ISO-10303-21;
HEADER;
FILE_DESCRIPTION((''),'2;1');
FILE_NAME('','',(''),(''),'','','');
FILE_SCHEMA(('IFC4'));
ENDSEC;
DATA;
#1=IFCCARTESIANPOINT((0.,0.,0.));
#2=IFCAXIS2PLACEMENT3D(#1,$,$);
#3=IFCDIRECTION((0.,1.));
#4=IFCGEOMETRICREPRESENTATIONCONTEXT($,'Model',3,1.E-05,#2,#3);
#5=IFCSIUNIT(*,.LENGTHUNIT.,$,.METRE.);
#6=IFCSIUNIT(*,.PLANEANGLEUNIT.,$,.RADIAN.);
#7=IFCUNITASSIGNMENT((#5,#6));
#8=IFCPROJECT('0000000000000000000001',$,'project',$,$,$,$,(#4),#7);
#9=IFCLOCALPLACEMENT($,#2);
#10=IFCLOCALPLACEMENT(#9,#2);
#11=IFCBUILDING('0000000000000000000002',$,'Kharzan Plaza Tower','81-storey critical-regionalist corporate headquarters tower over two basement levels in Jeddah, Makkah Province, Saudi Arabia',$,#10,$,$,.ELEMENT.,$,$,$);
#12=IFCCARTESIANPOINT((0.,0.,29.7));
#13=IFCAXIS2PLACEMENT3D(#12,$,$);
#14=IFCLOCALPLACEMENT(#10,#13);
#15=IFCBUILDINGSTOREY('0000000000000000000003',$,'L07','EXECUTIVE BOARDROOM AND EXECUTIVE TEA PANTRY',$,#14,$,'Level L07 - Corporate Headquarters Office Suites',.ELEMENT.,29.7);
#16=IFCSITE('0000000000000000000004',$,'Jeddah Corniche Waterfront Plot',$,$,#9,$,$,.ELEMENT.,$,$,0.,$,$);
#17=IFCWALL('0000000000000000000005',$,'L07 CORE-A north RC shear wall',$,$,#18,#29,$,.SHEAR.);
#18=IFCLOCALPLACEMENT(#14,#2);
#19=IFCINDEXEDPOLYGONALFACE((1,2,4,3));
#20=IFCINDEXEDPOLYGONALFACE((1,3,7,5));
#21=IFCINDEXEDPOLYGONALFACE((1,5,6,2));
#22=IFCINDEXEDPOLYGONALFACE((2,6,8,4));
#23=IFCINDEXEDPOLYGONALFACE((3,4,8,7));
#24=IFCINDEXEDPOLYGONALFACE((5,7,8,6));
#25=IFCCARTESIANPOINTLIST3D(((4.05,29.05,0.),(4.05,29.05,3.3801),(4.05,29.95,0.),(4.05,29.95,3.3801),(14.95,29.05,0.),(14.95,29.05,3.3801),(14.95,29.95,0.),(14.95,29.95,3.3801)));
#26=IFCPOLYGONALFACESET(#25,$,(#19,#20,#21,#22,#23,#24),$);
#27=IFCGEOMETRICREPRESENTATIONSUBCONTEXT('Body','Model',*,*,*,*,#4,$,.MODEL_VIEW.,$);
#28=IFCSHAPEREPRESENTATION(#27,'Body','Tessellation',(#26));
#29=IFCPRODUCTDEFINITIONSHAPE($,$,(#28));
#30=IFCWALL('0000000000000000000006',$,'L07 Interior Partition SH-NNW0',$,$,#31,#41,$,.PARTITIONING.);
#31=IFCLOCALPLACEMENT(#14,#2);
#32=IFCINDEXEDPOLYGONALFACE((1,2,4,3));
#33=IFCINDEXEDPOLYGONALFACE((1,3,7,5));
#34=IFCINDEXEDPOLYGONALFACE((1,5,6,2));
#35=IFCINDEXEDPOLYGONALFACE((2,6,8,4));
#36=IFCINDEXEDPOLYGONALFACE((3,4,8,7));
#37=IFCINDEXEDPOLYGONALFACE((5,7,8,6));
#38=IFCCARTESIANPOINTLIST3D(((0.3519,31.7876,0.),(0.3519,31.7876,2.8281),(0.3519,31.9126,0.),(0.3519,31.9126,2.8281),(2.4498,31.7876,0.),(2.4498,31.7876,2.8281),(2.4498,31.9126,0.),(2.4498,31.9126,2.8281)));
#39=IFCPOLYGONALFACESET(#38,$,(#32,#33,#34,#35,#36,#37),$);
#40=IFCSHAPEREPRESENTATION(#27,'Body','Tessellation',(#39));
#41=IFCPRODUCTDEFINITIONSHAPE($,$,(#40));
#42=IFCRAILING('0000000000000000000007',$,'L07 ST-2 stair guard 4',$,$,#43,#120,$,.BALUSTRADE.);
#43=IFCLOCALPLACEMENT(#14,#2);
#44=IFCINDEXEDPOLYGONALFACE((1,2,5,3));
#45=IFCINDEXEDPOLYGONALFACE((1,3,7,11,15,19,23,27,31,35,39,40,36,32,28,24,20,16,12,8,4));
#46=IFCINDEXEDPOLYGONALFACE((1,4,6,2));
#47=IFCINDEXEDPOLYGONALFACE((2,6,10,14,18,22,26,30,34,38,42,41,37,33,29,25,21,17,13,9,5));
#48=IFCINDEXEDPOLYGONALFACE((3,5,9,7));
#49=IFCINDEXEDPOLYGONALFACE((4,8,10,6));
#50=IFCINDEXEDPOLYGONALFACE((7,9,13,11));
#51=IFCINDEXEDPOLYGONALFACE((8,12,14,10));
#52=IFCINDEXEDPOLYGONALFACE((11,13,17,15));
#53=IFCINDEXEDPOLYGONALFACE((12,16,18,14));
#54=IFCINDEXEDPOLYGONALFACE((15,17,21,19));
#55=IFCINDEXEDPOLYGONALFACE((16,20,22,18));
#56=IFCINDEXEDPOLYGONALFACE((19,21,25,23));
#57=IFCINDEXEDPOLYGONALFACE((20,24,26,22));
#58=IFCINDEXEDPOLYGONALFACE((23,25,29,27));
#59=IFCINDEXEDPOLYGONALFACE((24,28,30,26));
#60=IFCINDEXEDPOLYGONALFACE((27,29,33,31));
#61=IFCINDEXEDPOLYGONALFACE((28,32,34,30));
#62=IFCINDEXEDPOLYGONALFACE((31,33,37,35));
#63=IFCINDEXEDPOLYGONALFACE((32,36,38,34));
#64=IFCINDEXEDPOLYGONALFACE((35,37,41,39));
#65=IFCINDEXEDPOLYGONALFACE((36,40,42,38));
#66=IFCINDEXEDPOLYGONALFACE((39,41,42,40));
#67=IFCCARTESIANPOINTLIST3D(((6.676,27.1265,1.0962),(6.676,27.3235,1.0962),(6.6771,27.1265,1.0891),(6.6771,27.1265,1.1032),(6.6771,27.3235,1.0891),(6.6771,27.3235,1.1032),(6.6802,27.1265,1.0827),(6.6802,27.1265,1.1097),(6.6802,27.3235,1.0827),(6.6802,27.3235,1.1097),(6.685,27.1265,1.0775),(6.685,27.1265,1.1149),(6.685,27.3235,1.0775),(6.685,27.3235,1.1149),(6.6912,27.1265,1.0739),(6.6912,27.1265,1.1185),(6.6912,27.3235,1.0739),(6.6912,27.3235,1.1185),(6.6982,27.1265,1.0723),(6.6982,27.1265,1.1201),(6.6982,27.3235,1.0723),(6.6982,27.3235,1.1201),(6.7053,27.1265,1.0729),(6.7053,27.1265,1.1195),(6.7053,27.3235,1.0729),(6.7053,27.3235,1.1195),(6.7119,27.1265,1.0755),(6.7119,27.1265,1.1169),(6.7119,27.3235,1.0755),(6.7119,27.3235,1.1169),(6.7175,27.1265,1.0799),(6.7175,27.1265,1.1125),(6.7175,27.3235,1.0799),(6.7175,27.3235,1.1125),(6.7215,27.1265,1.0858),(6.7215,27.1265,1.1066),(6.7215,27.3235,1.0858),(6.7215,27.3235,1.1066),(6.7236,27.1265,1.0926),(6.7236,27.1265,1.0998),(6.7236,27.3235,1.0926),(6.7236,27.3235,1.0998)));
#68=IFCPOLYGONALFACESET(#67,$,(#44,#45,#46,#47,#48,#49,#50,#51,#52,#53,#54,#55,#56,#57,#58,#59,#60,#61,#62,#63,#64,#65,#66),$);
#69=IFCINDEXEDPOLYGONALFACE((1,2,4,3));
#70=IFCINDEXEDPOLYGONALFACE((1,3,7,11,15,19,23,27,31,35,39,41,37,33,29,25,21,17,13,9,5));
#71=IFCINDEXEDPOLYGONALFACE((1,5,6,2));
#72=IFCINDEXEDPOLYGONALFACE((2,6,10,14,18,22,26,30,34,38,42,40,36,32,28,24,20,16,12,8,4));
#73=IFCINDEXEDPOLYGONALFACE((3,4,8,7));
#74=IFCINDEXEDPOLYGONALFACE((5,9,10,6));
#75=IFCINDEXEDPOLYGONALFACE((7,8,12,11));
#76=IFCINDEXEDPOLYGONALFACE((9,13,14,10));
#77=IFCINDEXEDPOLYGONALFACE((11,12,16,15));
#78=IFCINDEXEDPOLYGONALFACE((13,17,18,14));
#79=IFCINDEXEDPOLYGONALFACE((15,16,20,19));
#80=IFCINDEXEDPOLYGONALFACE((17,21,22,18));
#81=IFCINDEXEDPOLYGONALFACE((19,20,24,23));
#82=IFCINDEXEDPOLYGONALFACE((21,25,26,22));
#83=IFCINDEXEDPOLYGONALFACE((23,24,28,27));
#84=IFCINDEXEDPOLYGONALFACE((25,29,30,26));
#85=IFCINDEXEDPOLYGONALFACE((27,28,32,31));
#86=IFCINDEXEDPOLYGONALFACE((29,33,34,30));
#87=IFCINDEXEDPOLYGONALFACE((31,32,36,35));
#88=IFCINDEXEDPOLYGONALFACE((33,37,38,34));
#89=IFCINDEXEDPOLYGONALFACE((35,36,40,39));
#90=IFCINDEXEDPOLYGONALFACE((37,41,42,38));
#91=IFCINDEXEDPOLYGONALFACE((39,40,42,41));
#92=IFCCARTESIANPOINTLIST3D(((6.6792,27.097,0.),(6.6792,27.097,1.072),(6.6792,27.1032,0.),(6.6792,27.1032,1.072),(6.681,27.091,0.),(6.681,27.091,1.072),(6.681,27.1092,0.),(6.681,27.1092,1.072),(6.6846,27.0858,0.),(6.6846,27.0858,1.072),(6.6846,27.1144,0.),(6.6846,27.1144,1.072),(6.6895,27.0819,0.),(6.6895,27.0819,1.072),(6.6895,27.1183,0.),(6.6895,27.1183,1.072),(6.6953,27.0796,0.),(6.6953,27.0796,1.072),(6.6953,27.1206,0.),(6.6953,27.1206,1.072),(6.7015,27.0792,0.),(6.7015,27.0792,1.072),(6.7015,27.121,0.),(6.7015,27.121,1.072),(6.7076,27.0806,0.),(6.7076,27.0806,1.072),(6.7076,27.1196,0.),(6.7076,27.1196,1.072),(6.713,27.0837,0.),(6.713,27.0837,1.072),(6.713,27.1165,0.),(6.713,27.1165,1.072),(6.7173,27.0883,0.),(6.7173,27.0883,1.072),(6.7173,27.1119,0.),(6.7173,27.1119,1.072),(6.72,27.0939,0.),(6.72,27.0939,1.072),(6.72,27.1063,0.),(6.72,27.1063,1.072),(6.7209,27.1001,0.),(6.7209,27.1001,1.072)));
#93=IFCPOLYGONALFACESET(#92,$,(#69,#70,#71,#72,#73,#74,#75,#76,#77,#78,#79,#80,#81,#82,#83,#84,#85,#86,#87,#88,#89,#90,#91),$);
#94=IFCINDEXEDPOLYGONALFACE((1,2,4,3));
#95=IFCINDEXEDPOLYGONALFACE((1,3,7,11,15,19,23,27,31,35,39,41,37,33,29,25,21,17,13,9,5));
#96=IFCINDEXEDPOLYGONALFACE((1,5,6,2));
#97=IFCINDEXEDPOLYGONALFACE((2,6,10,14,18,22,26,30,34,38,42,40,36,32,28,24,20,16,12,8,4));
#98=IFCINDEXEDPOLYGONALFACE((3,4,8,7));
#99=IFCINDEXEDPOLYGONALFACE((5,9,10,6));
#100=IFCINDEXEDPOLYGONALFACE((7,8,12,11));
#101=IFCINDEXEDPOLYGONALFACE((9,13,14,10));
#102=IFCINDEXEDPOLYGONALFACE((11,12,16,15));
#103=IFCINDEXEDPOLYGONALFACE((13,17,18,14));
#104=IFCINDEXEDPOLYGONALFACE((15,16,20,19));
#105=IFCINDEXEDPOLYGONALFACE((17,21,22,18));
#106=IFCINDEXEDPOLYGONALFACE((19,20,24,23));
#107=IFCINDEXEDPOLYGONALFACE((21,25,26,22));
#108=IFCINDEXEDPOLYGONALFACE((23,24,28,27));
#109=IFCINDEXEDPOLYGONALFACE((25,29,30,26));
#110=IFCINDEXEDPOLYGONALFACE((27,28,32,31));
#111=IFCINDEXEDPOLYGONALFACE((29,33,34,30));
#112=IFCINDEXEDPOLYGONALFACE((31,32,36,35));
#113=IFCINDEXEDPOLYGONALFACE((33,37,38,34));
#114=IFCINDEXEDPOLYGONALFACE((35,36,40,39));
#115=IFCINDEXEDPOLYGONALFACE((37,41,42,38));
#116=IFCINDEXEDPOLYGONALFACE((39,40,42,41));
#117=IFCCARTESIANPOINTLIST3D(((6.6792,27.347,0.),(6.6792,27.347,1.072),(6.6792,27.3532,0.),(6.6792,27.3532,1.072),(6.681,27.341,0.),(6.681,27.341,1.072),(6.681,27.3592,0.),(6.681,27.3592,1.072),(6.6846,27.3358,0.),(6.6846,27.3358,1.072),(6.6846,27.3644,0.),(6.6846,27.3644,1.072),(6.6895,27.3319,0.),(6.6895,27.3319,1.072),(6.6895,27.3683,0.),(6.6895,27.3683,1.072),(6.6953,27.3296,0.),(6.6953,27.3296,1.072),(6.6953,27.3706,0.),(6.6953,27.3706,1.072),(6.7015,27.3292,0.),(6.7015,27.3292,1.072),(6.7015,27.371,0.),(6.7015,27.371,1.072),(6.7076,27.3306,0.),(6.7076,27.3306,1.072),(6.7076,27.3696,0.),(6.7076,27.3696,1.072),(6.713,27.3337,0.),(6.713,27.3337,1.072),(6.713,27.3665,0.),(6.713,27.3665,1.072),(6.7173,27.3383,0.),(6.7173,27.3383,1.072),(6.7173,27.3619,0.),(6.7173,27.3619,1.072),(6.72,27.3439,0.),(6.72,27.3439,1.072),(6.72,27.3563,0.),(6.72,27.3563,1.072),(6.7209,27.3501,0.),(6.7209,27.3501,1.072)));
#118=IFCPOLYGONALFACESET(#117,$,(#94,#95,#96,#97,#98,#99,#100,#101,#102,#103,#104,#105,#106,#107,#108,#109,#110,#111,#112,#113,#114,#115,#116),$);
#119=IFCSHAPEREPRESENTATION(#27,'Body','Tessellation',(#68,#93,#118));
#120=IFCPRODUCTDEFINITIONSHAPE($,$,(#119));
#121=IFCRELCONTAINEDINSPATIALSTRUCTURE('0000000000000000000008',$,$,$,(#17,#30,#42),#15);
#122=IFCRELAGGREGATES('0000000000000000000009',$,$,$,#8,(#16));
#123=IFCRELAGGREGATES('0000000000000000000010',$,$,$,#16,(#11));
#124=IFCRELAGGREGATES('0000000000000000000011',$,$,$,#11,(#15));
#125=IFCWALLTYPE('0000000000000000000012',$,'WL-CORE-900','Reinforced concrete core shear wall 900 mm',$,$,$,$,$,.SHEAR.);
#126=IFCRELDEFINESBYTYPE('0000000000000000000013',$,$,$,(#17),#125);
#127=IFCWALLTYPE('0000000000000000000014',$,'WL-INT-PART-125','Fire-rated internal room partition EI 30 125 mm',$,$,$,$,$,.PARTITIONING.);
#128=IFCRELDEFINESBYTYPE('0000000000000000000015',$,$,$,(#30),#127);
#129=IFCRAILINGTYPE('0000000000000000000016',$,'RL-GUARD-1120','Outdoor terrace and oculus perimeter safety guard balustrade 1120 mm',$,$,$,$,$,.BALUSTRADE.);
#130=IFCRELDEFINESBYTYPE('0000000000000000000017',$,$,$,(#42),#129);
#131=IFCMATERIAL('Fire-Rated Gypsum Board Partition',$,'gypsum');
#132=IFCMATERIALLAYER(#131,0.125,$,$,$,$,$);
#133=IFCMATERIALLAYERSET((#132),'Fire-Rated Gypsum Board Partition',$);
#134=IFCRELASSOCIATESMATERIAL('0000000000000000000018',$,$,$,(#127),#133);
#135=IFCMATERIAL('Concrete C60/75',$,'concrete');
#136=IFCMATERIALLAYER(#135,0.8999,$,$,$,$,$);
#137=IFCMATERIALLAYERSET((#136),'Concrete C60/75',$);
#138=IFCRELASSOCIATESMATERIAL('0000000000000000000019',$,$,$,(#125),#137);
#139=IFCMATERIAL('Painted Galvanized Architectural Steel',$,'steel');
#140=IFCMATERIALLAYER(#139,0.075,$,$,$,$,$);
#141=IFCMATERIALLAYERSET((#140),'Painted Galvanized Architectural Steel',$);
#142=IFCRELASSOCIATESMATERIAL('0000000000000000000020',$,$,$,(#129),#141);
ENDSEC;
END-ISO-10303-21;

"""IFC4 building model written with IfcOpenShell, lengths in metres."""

from ifc_helpers import new_model, si_unit, direction, frame, frame_2d, origin, origin_2d, place, context, subcontext, project, spatial, rectangle, circle, extrude, source, transform, mapped, material, layer, layer_set, type_object, element, save


model = new_model("IFC4")

# Units and contexts
model_context = context("Model", 3, precision=1e-05, world=origin(), true_north=direction((0.0, 1.0)))
body_context = subcontext(model_context, "Body", "Model", "MODEL_VIEW")
ifc_project = project(units=[si_unit("LENGTHUNIT", "METRE"), si_unit("PLANEANGLEUNIT", "RADIAN")], contexts=[model_context])

# Site, building, storey
site_placement = place(None, origin())
site = spatial("IfcSite", under=ifc_project, at=site_placement, Name="Jeddah Corniche Waterfront Plot", CompositionType="ELEMENT", RefElevation=0.0)
building_placement = place(site_placement, origin())
building = spatial("IfcBuilding", under=site, at=building_placement, Name="Kharzan Plaza Tower", Description="81-storey critical-regionalist corporate headquarters tower over two basement levels in Jeddah, Makkah Province, Saudi Arabia", CompositionType="ELEMENT")
storey_placement = place(building_placement, frame((0.0, 0.0, 29.7)))
storey = spatial("IfcBuildingStorey", under=building, at=storey_placement, Name="L07", Description="EXECUTIVE BOARDROOM AND EXECUTIVE TEA PANTRY", LongName="Level L07 - Corporate Headquarters Office Suites", CompositionType="ELEMENT", Elevation=29.7)

# Shared definitions
ifc_material_1 = material(Name="Concrete C60/75", Category="concrete")

# Shared definitions
ifc_material_2 = material(Name="Fire-Rated Gypsum Board Partition", Category="gypsum")
ifc_layer_1 = layer(ifc_material_2, 0.125)
ifc_layer_set_1 = layer_set([ifc_layer_1], Name="Fire-Rated Gypsum Board Partition")
wall_type_1 = type_object("IfcWallType", Name="WL-INT-PART-125", Description="Fire-rated internal room partition EI 30 125 mm", PredefinedType="PARTITIONING", material=ifc_layer_set_1)

# Walls
ifc_layer_2 = layer(ifc_material_1, 0.8999)
ifc_layer_set_2 = layer_set([ifc_layer_2], Name="Concrete C60/75")
wall_type_2 = type_object("IfcWallType", Name="WL-CORE-900", Description="Reinforced concrete core shear wall 900 mm", PredefinedType="SHEAR", material=ifc_layer_set_2)
shared_shape_1 = source(origin(), body_context, "Body", "SweptSolid", [
    extrude(rectangle(XDim=10.8999, YDim=0.8999, at=frame_2d((5.45, 0.0))), origin(), (0.0, 0.0, 1.0), 3.3801),
])
wall_1_placement = place(storey_placement, frame((4.05, 29.5, 0.0), z_axis=(0.0, 0.0, 1.0), x_axis=(1.0, 0.0, 0.0)))
element("IfcWall", 1, at=wall_1_placement, inside=storey, type_object=wall_type_2, Name="L07 CORE-A north RC shear wall", PredefinedType="SHEAR", context=body_context, shape_type="MappedRepresentation", body=[
    mapped(shared_shape_1, transform((0.0, 0.0, 0.0), x_axis=(1.0, 0.0, 0.0), y_axis=(0.0, 1.0, 0.0), z_axis=(0.0, 0.0, 1.0))),
])
shared_shape_2 = source(origin(), body_context, "Body", "SweptSolid", [
    extrude(rectangle(XDim=2.0979, YDim=0.125, at=frame_2d((1.0488, 0.0))), origin(), (0.0, 0.0, 1.0), 2.8281),
])
wall_2_placement = place(storey_placement, frame((0.3521, 31.8501, 0.0), z_axis=(0.0, 0.0, 1.0), x_axis=(1.0, 0.0, 0.0)))
element("IfcWall", 2, at=wall_2_placement, inside=storey, type_object=wall_type_1, Name="L07 Interior Partition SH-NNW0", PredefinedType="PARTITIONING", context=body_context, shape_type="MappedRepresentation", body=[
    mapped(shared_shape_2, transform((0.0, 0.0, 0.0), x_axis=(1.0, 0.0, 0.0), y_axis=(0.0, 1.0, 0.0), z_axis=(0.0, 0.0, 1.0))),
])

# Railing
ifc_material_3 = material(Name="Painted Galvanized Architectural Steel", Category="steel")
ifc_layer_3 = layer(ifc_material_3, 0.075)
ifc_layer_set_3 = layer_set([ifc_layer_3], Name="Painted Galvanized Architectural Steel")
railing_type_1 = type_object("IfcRailingType", Name="RL-GUARD-1120", Description="Outdoor terrace and oculus perimeter safety guard balustrade 1120 mm", PredefinedType="BALUSTRADE", material=ifc_layer_set_3)
shared_shape_3 = source(origin(), body_context, "Body", "SweptSolid", [
    extrude(circle(Radius=0.0239, at=origin_2d()), frame((0.0, 0.0264, 1.0962), z_axis=(0.0, 1.0, 0.0), x_axis=(-1.0, 0.0, 0.0)), (0.0, 0.0, 1.0), 0.197),
    extrude(circle(Radius=0.021, at=origin_2d()), origin(), (0.0, 0.0, 1.0), 1.072),
    extrude(circle(Radius=0.021, at=origin_2d()), frame((0.0, 0.25, 0.0)), (0.0, 0.0, 1.0), 1.072),
])
railing_1_placement = place(storey_placement, frame((6.7, 27.1001, 0.0)))
element("IfcRailing", 3, at=railing_1_placement, inside=storey, type_object=railing_type_1, Name="L07 ST-2 stair guard 4", PredefinedType="BALUSTRADE", context=body_context, shape_type="MappedRepresentation", body=[
    mapped(shared_shape_3, transform((0.0, 0.0, 0.0), x_axis=(1.0, 0.0, 0.0), y_axis=(0.0, 1.0, 0.0), z_axis=(0.0, 0.0, 1.0))),
])

save(model, "model.ifc")
